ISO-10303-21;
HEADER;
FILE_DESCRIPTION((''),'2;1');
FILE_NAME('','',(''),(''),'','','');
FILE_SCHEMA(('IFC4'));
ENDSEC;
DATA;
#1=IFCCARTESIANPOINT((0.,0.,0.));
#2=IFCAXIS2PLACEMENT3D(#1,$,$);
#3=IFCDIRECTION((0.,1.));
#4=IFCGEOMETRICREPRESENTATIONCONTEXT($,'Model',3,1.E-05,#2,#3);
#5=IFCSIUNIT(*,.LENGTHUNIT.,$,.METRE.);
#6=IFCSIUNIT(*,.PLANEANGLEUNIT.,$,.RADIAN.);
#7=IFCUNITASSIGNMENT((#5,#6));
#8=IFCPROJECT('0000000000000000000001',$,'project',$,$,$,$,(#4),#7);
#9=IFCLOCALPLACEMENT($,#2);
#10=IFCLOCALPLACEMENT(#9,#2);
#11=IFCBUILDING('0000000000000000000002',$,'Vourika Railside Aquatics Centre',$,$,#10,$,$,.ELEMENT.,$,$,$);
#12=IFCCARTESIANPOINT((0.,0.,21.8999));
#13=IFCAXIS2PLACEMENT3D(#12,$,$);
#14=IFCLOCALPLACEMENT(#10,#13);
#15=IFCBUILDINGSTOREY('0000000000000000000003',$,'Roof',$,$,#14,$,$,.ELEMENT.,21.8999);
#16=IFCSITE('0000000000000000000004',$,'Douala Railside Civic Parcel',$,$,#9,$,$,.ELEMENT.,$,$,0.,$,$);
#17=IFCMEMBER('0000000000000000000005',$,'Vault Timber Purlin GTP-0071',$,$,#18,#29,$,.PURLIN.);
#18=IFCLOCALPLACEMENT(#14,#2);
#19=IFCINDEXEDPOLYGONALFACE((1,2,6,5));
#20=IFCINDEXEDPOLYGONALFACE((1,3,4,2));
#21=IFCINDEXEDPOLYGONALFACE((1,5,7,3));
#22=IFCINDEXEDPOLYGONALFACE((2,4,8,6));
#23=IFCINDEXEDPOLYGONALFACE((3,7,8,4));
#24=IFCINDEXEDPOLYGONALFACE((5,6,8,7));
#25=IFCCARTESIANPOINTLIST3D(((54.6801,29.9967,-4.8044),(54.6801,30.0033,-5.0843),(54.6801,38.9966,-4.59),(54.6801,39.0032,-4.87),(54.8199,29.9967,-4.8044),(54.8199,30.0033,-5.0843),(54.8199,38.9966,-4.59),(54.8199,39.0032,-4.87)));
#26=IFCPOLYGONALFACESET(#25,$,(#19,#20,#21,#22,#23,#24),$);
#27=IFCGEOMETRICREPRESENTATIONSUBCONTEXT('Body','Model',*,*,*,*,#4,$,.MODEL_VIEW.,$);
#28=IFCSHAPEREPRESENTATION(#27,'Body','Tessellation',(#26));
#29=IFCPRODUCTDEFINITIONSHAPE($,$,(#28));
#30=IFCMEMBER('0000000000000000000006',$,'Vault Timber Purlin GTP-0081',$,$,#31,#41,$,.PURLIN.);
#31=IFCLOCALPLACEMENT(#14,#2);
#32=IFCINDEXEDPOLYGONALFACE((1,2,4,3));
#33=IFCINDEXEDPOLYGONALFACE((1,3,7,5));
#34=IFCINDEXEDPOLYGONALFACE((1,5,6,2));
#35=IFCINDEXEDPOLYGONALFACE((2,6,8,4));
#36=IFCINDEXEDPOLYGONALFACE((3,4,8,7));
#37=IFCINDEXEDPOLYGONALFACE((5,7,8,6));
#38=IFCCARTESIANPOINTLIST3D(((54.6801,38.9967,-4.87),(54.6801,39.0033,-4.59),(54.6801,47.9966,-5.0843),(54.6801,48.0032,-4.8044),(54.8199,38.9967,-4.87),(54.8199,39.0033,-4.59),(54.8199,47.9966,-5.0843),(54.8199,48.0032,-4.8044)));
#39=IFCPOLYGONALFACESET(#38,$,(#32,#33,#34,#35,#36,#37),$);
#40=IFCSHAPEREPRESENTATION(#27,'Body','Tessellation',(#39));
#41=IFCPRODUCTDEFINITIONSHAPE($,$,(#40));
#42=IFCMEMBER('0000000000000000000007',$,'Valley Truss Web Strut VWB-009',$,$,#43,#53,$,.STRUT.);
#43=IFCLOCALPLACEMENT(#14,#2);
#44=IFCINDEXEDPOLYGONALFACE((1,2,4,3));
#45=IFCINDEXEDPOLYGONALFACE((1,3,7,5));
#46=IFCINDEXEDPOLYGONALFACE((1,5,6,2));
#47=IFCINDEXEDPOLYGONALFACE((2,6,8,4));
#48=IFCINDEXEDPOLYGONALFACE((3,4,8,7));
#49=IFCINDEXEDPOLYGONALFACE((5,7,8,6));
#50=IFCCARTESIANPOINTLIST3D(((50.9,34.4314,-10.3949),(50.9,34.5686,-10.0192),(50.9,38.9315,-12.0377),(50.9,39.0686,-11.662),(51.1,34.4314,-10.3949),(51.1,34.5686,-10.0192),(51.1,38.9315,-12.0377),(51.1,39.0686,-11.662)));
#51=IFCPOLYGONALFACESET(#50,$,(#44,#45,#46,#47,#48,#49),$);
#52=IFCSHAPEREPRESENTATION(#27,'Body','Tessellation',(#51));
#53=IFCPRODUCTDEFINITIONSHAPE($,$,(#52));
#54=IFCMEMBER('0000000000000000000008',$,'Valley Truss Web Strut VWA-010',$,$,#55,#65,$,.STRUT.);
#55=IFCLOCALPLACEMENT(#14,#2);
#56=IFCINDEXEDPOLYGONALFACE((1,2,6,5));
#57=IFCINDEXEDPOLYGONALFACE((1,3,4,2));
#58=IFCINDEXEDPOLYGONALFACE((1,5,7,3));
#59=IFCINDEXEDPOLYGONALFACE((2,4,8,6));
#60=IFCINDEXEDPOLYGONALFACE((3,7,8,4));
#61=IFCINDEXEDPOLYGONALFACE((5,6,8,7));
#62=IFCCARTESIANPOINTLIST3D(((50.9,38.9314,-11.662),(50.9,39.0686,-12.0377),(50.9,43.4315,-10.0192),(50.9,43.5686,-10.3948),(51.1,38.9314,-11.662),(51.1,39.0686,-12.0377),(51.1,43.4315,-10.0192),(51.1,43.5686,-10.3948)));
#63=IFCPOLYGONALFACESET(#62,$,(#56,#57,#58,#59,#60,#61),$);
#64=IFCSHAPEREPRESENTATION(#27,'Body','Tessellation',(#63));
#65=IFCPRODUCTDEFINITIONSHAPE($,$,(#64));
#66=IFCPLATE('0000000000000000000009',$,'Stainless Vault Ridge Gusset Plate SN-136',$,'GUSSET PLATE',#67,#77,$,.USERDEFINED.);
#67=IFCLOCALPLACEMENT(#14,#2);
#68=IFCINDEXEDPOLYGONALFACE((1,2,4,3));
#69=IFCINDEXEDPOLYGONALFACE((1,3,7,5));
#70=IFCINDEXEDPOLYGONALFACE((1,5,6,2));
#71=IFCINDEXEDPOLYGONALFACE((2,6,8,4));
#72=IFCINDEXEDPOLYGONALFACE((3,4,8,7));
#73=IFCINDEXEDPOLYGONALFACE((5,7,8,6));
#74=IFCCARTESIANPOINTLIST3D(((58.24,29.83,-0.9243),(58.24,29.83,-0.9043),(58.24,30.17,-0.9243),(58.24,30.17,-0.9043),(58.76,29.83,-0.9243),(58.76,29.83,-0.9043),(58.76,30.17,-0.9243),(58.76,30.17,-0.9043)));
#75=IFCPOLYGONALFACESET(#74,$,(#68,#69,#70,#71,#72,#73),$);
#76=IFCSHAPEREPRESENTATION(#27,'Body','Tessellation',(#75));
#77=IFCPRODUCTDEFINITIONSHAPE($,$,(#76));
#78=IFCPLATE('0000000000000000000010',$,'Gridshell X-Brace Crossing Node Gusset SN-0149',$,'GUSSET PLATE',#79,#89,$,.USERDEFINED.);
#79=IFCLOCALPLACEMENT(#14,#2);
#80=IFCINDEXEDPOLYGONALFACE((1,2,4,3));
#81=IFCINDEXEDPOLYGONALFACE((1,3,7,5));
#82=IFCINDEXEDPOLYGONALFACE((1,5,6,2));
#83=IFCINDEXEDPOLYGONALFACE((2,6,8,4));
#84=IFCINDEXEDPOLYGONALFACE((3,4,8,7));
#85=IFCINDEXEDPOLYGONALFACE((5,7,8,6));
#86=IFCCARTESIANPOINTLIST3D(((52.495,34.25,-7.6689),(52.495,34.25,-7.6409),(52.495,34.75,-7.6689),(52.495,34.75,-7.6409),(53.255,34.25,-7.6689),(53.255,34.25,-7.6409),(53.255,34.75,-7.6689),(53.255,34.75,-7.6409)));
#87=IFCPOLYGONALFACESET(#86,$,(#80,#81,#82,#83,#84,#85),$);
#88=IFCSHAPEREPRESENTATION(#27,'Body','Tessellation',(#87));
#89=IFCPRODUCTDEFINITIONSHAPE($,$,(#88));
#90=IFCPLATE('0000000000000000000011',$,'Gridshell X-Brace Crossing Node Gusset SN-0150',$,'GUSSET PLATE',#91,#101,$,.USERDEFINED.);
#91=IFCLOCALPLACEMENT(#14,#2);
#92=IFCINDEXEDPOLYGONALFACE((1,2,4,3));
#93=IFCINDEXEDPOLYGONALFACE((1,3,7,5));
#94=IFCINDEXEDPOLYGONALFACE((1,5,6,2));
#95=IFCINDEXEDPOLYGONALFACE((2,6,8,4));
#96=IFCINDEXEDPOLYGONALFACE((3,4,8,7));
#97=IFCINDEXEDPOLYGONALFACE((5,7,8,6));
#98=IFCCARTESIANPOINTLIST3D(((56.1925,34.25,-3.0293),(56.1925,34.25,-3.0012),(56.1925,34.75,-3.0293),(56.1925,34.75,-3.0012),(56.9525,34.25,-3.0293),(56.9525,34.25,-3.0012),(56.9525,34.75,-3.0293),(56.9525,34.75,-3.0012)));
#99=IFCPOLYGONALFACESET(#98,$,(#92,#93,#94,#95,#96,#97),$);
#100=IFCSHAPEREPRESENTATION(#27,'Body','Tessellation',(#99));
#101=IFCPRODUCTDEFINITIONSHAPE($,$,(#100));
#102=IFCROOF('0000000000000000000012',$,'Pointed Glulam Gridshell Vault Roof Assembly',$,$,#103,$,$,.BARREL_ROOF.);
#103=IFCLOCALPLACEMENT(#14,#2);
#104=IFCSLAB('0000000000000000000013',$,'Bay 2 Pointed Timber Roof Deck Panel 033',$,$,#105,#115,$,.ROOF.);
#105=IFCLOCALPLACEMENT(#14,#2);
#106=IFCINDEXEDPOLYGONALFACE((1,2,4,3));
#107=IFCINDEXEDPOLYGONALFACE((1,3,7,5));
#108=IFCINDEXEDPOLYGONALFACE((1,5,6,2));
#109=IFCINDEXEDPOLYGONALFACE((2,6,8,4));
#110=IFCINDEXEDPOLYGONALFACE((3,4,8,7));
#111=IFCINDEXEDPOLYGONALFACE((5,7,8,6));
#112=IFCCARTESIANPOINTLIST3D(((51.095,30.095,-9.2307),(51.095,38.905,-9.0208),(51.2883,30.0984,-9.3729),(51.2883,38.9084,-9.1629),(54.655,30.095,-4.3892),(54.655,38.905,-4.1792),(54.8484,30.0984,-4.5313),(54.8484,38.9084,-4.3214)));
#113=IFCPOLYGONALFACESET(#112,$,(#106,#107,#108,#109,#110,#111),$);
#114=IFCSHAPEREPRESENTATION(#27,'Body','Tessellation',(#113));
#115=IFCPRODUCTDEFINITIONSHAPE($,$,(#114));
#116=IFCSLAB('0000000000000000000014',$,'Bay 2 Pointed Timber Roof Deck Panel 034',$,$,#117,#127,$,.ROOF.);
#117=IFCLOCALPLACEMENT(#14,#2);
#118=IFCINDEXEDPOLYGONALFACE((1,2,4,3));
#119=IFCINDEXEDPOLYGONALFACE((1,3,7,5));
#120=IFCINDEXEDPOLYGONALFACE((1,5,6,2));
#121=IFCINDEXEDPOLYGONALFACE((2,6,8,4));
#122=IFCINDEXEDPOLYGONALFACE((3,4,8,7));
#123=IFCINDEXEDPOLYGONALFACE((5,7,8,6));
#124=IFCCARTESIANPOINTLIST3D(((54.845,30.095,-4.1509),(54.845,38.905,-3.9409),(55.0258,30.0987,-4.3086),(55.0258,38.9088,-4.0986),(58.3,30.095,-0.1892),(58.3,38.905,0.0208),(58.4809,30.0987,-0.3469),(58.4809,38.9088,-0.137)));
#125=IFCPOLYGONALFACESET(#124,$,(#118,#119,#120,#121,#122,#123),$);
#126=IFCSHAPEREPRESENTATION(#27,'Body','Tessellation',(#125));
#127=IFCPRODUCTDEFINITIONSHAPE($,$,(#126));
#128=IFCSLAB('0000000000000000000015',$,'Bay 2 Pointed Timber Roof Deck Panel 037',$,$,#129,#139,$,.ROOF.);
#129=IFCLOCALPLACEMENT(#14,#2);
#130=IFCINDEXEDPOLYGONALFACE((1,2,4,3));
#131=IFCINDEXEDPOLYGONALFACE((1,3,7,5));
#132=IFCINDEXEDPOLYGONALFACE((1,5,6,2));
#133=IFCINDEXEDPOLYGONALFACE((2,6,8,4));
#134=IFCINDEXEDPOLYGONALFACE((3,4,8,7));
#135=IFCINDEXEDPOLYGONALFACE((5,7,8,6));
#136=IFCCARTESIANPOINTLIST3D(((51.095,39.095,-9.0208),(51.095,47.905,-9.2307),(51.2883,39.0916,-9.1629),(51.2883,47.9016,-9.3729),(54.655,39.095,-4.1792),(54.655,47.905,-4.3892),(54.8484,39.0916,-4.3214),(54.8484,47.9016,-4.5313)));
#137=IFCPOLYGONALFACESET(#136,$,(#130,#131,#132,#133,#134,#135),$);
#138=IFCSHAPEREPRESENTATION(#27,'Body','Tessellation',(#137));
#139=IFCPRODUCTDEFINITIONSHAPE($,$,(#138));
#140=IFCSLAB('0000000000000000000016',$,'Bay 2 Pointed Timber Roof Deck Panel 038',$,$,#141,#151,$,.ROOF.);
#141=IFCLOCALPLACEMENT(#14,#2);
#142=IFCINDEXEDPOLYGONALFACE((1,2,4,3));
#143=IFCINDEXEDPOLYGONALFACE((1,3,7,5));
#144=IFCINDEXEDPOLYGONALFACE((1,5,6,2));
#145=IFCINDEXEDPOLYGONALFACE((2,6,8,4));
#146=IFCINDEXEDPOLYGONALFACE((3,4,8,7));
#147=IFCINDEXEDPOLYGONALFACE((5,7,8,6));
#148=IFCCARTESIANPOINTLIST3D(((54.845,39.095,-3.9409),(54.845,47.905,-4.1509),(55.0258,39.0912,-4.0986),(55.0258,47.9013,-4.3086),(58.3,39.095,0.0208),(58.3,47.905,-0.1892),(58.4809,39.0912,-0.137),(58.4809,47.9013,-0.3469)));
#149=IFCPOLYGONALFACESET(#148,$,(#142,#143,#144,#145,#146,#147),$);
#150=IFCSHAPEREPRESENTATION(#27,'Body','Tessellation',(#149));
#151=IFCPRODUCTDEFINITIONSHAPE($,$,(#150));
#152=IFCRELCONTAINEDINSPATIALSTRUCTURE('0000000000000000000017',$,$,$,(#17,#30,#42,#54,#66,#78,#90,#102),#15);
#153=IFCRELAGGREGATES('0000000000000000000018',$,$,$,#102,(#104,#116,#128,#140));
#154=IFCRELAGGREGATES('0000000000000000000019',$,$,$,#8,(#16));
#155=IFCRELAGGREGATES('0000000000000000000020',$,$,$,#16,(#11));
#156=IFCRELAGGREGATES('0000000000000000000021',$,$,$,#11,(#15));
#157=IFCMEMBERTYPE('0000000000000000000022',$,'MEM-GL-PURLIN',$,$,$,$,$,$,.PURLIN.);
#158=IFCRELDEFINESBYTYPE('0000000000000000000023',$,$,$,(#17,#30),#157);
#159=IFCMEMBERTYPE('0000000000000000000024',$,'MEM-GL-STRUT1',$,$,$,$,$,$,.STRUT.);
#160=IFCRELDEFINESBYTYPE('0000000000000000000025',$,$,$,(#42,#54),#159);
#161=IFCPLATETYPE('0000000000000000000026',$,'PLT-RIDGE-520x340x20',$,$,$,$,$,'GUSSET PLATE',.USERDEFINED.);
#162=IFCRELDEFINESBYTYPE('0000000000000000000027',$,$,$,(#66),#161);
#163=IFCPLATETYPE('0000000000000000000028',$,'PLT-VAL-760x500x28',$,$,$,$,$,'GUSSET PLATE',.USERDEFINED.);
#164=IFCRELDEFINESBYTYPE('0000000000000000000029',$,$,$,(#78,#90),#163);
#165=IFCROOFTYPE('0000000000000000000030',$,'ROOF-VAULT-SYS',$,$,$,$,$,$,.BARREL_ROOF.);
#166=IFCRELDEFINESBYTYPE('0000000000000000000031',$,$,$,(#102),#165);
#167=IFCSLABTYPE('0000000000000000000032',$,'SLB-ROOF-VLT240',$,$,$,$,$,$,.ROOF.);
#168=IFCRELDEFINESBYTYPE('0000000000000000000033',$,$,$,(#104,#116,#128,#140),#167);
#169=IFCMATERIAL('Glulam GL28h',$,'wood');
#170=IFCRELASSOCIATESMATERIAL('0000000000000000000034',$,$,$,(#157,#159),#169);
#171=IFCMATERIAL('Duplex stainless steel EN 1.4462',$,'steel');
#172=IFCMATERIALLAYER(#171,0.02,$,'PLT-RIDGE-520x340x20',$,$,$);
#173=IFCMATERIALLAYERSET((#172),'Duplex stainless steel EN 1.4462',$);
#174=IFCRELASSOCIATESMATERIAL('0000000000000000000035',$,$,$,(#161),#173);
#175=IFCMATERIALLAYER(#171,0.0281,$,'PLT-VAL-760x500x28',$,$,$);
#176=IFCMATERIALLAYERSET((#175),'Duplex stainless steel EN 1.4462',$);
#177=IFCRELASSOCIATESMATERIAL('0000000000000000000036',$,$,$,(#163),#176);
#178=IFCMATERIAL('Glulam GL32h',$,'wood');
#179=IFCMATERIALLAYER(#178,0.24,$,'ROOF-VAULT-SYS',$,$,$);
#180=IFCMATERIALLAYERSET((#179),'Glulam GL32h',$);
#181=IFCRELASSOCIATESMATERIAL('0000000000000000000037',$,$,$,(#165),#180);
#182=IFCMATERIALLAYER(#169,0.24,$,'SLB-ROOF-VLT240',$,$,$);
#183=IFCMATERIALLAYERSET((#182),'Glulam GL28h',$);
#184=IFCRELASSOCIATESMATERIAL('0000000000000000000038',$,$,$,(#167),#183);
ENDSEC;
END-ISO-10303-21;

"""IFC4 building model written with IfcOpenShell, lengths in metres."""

from ifc_helpers import new_model, si_unit, direction, frame, origin, origin_2d, place, context, subcontext, project, spatial, polyline, rectangle, outline, extrude, material, layer, layer_set, material_profile, profile_set, type_object, element, aggregate, save


model = new_model("IFC4")

# Units and contexts
model_context = context("Model", 3, precision=1e-05, world=origin(), true_north=direction((0.0, 1.0)))
body_context = subcontext(model_context, "Body", "Model", "MODEL_VIEW")
ifc_project = project(units=[si_unit("LENGTHUNIT", "METRE"), si_unit("PLANEANGLEUNIT", "RADIAN")], contexts=[model_context])

# Site, building, storey
site_placement = place(None, origin())
site = spatial("IfcSite", under=ifc_project, at=site_placement, Name="Douala Railside Civic Parcel", CompositionType="ELEMENT", RefElevation=0.0)
building_placement = place(site_placement, origin())
building = spatial("IfcBuilding", under=site, at=building_placement, Name="Vourika Railside Aquatics Centre", CompositionType="ELEMENT")
storey_placement = place(building_placement, frame((0.0, 0.0, 21.8999)))
storey = spatial("IfcBuildingStorey", under=building, at=storey_placement, Name="Roof", CompositionType="ELEMENT", Elevation=21.8999)

# Shared definitions
ifc_material_1 = material(Name="Glulam GL32h", Category="wood")

# Members
ifc_material_2 = material(Name="Glulam GL28h", Category="wood")
ifc_material_profile_1 = material_profile(ifc_material_2, rectangle(XDim=0.1399, YDim=0.28, at=origin_2d()), Name="GL28h 140x280")
ifc_profile_set_1 = profile_set([ifc_material_profile_1], Name="Glulam GL28h")
member_type_1 = type_object("IfcMemberType", Name="MEM-GL-PURLIN", PredefinedType="PURLIN", material=ifc_profile_set_1)
for number, where, z_axis, x_axis, name in (
    (1, (54.75, 30.0, -4.9443), (0.0, 0.999716, 0.023811), (-1.0, 0.0, 0.0), "Vault Timber Purlin GTP-0071"),
    (2, (54.75, 39.0, -4.73), (0.0, 0.999716, -0.023811), (-1.0, 0.0, 0.0), "Vault Timber Purlin GTP-0081"),
):
    element("IfcMember", number, at=place(storey_placement, frame(where, z_axis=z_axis, x_axis=x_axis)), inside=storey, type_object=member_type_1, Name=name, PredefinedType="PURLIN", context=body_context, shape_type="SweptSolid", body=[
        extrude(rectangle(XDim=0.1399, YDim=0.28, at=origin_2d()), origin(), (0.0, 0.0, 1.0), 9.0024),
    ])
ifc_material_profile_2 = material_profile(ifc_material_2, rectangle(XDim=0.2, YDim=0.3999, at=origin_2d()), Name="GL28h 200x400")
ifc_profile_set_2 = profile_set([ifc_material_profile_2], Name="Glulam GL28h")
member_type_2 = type_object("IfcMemberType", Name="MEM-GL-STRUT1", PredefinedType="STRUT", material=ifc_profile_set_2)
for number, where, z_axis, x_axis, name in (
    (3, (51.0, 34.5, -10.207), (0.0, 0.93936, -0.342934), (-1.0, 0.0, 0.0), "Valley Truss Web Strut VWB-009"),
    (4, (51.0, 39.0, -11.8499), (0.0, 0.93936, 0.342934), (-1.0, 0.0, 0.0), "Valley Truss Web Strut VWA-010"),
):
    element("IfcMember", number, at=place(storey_placement, frame(where, z_axis=z_axis, x_axis=x_axis)), inside=storey, type_object=member_type_2, Name=name, PredefinedType="STRUT", context=body_context, shape_type="SweptSolid", body=[
        extrude(rectangle(XDim=0.2, YDim=0.3999, at=origin_2d()), origin(), (0.0, 0.0, 1.0), 4.7905),
    ])

# Plates
ifc_material_3 = material(Name="Duplex stainless steel EN 1.4462", Category="steel")
ifc_layer_1 = layer(ifc_material_3, 0.02, Name="PLT-RIDGE-520x340x20")
ifc_layer_set_1 = layer_set([ifc_layer_1], Name="Duplex stainless steel EN 1.4462")
plate_type_1 = type_object("IfcPlateType", Name="PLT-RIDGE-520x340x20", ElementType="GUSSET PLATE", PredefinedType="USERDEFINED", material=ifc_layer_set_1)
plate_placement = place(storey_placement, frame((58.5, 30.0, -0.9243), z_axis=(0.0, 0.0, 1.0), x_axis=(1.0, 0.0, 0.0)))
element("IfcPlate", 5, at=plate_placement, inside=storey, type_object=plate_type_1, Name="Stainless Vault Ridge Gusset Plate SN-136", ObjectType="GUSSET PLATE", PredefinedType="USERDEFINED", context=body_context, shape_type="SweptSolid", body=[
    extrude(rectangle(XDim=0.52, YDim=0.3401, at=origin_2d()), origin(), (0.0, 0.0, 1.0), 0.02),
])
ifc_layer_2 = layer(ifc_material_3, 0.0281, Name="PLT-VAL-760x500x28")
ifc_layer_set_2 = layer_set([ifc_layer_2], Name="Duplex stainless steel EN 1.4462")
plate_type_2 = type_object("IfcPlateType", Name="PLT-VAL-760x500x28", ElementType="GUSSET PLATE", PredefinedType="USERDEFINED", material=ifc_layer_set_2)
for number, where, z_axis, x_axis, name in (
    (6, (52.875, 34.5, -7.6689), (0.0, 0.0, 1.0), (1.0, 0.0, 0.0), "Gridshell X-Brace Crossing Node Gusset SN-0149"),
    (7, (56.5725, 34.5, -3.0293), (0.0, 0.0, 1.0), (1.0, 0.0, 0.0), "Gridshell X-Brace Crossing Node Gusset SN-0150"),
):
    element("IfcPlate", number, at=place(storey_placement, frame(where, z_axis=z_axis, x_axis=x_axis)), inside=storey, type_object=plate_type_2, Name=name, ObjectType="GUSSET PLATE", PredefinedType="USERDEFINED", context=body_context, shape_type="SweptSolid", body=[
        extrude(rectangle(XDim=0.76, YDim=0.5, at=origin_2d()), origin(), (0.0, 0.0, 1.0), 0.0281),
    ])

# Roof, slabs
ifc_layer_3 = layer(ifc_material_1, 0.24, Name="ROOF-VAULT-SYS")
ifc_layer_set_3 = layer_set([ifc_layer_3], Name="Glulam GL32h")
roof_type = type_object("IfcRoofType", Name="ROOF-VAULT-SYS", PredefinedType="BARREL_ROOF", material=ifc_layer_set_3)
roof_placement = place(storey_placement, origin())
roof = element("IfcRoof", 8, at=roof_placement, inside=storey, type_object=roof_type, Name="Pointed Glulam Gridshell Vault Roof Assembly", PredefinedType="BARREL_ROOF")
ifc_layer_4 = layer(ifc_material_2, 0.24, Name="SLB-ROOF-VLT240")
ifc_layer_set_4 = layer_set([ifc_layer_4], Name="Glulam GL28h")
slab_type = type_object("IfcSlabType", Name="SLB-ROOF-VLT240", PredefinedType="ROOF", material=ifc_layer_set_4)
slab_1_placement = place(storey_placement, frame((51.095, 30.095, -9.2307), z_axis=(-0.805563, -0.014117, 0.592342), x_axis=(0.592401, 0.0, 0.805644)))
slab_1 = element("IfcSlab", 9, at=slab_1_placement, type_object=slab_type, Name="Bay 2 Pointed Timber Roof Deck Panel 033", PredefinedType="ROOF", context=body_context, shape_type="SweptSolid", body=[
    extrude(outline(polyline([(0.0, 0.0), (6.0095, 0.0), (6.1787, 8.8109), (0.1692, 8.8109), (0.0, 0.0)])), origin(), (0.0, 0.0, -1.0), 0.24),
])
slab_2_placement = place(storey_placement, frame((54.845, 30.095, -4.1509), z_axis=(-0.753556, -0.015662, 0.657197), x_axis=(0.657277, 0.0, 0.753649)))
slab_2 = element("IfcSlab", 10, at=slab_2_placement, type_object=slab_type, Name="Bay 2 Pointed Timber Roof Deck Panel 034", PredefinedType="ROOF", context=body_context, shape_type="SweptSolid", body=[
    extrude(outline(polyline([(0.0, 0.0), (5.2567, 0.0), (5.4149, 8.8111), (0.1582, 8.8111), (0.0, 0.0)])), origin(), (0.0, 0.0, -1.0), 0.24),
])
slab_3_placement = place(storey_placement, frame((51.095, 39.095, -9.0208), z_axis=(-0.805563, 0.014117, 0.592342), x_axis=(0.592401, 0.0, 0.805644)))
slab_3 = element("IfcSlab", 11, at=slab_3_placement, type_object=slab_type, Name="Bay 2 Pointed Timber Roof Deck Panel 037", PredefinedType="ROOF", context=body_context, shape_type="SweptSolid", body=[
    extrude(outline(polyline([(0.0, 0.0), (6.0095, 0.0), (5.8404, 8.8109), (-0.1692, 8.8109), (0.0, 0.0)])), origin(), (0.0, 0.0, -1.0), 0.24),
])
slab_4_placement = place(storey_placement, frame((54.845, 39.095, -3.9409), z_axis=(-0.753556, 0.015662, 0.657197), x_axis=(0.657277, 0.0, 0.753649)))
slab_4 = element("IfcSlab", 12, at=slab_4_placement, type_object=slab_type, Name="Bay 2 Pointed Timber Roof Deck Panel 038", PredefinedType="ROOF", context=body_context, shape_type="SweptSolid", body=[
    extrude(outline(polyline([(0.0, 0.0), (5.2567, 0.0), (5.0984, 8.8111), (-0.1582, 8.8111), (0.0, 0.0)])), origin(), (0.0, 0.0, -1.0), 0.24),
])
aggregate(roof, [slab_1, slab_2, slab_3, slab_4])

save(model, "model.ifc")
